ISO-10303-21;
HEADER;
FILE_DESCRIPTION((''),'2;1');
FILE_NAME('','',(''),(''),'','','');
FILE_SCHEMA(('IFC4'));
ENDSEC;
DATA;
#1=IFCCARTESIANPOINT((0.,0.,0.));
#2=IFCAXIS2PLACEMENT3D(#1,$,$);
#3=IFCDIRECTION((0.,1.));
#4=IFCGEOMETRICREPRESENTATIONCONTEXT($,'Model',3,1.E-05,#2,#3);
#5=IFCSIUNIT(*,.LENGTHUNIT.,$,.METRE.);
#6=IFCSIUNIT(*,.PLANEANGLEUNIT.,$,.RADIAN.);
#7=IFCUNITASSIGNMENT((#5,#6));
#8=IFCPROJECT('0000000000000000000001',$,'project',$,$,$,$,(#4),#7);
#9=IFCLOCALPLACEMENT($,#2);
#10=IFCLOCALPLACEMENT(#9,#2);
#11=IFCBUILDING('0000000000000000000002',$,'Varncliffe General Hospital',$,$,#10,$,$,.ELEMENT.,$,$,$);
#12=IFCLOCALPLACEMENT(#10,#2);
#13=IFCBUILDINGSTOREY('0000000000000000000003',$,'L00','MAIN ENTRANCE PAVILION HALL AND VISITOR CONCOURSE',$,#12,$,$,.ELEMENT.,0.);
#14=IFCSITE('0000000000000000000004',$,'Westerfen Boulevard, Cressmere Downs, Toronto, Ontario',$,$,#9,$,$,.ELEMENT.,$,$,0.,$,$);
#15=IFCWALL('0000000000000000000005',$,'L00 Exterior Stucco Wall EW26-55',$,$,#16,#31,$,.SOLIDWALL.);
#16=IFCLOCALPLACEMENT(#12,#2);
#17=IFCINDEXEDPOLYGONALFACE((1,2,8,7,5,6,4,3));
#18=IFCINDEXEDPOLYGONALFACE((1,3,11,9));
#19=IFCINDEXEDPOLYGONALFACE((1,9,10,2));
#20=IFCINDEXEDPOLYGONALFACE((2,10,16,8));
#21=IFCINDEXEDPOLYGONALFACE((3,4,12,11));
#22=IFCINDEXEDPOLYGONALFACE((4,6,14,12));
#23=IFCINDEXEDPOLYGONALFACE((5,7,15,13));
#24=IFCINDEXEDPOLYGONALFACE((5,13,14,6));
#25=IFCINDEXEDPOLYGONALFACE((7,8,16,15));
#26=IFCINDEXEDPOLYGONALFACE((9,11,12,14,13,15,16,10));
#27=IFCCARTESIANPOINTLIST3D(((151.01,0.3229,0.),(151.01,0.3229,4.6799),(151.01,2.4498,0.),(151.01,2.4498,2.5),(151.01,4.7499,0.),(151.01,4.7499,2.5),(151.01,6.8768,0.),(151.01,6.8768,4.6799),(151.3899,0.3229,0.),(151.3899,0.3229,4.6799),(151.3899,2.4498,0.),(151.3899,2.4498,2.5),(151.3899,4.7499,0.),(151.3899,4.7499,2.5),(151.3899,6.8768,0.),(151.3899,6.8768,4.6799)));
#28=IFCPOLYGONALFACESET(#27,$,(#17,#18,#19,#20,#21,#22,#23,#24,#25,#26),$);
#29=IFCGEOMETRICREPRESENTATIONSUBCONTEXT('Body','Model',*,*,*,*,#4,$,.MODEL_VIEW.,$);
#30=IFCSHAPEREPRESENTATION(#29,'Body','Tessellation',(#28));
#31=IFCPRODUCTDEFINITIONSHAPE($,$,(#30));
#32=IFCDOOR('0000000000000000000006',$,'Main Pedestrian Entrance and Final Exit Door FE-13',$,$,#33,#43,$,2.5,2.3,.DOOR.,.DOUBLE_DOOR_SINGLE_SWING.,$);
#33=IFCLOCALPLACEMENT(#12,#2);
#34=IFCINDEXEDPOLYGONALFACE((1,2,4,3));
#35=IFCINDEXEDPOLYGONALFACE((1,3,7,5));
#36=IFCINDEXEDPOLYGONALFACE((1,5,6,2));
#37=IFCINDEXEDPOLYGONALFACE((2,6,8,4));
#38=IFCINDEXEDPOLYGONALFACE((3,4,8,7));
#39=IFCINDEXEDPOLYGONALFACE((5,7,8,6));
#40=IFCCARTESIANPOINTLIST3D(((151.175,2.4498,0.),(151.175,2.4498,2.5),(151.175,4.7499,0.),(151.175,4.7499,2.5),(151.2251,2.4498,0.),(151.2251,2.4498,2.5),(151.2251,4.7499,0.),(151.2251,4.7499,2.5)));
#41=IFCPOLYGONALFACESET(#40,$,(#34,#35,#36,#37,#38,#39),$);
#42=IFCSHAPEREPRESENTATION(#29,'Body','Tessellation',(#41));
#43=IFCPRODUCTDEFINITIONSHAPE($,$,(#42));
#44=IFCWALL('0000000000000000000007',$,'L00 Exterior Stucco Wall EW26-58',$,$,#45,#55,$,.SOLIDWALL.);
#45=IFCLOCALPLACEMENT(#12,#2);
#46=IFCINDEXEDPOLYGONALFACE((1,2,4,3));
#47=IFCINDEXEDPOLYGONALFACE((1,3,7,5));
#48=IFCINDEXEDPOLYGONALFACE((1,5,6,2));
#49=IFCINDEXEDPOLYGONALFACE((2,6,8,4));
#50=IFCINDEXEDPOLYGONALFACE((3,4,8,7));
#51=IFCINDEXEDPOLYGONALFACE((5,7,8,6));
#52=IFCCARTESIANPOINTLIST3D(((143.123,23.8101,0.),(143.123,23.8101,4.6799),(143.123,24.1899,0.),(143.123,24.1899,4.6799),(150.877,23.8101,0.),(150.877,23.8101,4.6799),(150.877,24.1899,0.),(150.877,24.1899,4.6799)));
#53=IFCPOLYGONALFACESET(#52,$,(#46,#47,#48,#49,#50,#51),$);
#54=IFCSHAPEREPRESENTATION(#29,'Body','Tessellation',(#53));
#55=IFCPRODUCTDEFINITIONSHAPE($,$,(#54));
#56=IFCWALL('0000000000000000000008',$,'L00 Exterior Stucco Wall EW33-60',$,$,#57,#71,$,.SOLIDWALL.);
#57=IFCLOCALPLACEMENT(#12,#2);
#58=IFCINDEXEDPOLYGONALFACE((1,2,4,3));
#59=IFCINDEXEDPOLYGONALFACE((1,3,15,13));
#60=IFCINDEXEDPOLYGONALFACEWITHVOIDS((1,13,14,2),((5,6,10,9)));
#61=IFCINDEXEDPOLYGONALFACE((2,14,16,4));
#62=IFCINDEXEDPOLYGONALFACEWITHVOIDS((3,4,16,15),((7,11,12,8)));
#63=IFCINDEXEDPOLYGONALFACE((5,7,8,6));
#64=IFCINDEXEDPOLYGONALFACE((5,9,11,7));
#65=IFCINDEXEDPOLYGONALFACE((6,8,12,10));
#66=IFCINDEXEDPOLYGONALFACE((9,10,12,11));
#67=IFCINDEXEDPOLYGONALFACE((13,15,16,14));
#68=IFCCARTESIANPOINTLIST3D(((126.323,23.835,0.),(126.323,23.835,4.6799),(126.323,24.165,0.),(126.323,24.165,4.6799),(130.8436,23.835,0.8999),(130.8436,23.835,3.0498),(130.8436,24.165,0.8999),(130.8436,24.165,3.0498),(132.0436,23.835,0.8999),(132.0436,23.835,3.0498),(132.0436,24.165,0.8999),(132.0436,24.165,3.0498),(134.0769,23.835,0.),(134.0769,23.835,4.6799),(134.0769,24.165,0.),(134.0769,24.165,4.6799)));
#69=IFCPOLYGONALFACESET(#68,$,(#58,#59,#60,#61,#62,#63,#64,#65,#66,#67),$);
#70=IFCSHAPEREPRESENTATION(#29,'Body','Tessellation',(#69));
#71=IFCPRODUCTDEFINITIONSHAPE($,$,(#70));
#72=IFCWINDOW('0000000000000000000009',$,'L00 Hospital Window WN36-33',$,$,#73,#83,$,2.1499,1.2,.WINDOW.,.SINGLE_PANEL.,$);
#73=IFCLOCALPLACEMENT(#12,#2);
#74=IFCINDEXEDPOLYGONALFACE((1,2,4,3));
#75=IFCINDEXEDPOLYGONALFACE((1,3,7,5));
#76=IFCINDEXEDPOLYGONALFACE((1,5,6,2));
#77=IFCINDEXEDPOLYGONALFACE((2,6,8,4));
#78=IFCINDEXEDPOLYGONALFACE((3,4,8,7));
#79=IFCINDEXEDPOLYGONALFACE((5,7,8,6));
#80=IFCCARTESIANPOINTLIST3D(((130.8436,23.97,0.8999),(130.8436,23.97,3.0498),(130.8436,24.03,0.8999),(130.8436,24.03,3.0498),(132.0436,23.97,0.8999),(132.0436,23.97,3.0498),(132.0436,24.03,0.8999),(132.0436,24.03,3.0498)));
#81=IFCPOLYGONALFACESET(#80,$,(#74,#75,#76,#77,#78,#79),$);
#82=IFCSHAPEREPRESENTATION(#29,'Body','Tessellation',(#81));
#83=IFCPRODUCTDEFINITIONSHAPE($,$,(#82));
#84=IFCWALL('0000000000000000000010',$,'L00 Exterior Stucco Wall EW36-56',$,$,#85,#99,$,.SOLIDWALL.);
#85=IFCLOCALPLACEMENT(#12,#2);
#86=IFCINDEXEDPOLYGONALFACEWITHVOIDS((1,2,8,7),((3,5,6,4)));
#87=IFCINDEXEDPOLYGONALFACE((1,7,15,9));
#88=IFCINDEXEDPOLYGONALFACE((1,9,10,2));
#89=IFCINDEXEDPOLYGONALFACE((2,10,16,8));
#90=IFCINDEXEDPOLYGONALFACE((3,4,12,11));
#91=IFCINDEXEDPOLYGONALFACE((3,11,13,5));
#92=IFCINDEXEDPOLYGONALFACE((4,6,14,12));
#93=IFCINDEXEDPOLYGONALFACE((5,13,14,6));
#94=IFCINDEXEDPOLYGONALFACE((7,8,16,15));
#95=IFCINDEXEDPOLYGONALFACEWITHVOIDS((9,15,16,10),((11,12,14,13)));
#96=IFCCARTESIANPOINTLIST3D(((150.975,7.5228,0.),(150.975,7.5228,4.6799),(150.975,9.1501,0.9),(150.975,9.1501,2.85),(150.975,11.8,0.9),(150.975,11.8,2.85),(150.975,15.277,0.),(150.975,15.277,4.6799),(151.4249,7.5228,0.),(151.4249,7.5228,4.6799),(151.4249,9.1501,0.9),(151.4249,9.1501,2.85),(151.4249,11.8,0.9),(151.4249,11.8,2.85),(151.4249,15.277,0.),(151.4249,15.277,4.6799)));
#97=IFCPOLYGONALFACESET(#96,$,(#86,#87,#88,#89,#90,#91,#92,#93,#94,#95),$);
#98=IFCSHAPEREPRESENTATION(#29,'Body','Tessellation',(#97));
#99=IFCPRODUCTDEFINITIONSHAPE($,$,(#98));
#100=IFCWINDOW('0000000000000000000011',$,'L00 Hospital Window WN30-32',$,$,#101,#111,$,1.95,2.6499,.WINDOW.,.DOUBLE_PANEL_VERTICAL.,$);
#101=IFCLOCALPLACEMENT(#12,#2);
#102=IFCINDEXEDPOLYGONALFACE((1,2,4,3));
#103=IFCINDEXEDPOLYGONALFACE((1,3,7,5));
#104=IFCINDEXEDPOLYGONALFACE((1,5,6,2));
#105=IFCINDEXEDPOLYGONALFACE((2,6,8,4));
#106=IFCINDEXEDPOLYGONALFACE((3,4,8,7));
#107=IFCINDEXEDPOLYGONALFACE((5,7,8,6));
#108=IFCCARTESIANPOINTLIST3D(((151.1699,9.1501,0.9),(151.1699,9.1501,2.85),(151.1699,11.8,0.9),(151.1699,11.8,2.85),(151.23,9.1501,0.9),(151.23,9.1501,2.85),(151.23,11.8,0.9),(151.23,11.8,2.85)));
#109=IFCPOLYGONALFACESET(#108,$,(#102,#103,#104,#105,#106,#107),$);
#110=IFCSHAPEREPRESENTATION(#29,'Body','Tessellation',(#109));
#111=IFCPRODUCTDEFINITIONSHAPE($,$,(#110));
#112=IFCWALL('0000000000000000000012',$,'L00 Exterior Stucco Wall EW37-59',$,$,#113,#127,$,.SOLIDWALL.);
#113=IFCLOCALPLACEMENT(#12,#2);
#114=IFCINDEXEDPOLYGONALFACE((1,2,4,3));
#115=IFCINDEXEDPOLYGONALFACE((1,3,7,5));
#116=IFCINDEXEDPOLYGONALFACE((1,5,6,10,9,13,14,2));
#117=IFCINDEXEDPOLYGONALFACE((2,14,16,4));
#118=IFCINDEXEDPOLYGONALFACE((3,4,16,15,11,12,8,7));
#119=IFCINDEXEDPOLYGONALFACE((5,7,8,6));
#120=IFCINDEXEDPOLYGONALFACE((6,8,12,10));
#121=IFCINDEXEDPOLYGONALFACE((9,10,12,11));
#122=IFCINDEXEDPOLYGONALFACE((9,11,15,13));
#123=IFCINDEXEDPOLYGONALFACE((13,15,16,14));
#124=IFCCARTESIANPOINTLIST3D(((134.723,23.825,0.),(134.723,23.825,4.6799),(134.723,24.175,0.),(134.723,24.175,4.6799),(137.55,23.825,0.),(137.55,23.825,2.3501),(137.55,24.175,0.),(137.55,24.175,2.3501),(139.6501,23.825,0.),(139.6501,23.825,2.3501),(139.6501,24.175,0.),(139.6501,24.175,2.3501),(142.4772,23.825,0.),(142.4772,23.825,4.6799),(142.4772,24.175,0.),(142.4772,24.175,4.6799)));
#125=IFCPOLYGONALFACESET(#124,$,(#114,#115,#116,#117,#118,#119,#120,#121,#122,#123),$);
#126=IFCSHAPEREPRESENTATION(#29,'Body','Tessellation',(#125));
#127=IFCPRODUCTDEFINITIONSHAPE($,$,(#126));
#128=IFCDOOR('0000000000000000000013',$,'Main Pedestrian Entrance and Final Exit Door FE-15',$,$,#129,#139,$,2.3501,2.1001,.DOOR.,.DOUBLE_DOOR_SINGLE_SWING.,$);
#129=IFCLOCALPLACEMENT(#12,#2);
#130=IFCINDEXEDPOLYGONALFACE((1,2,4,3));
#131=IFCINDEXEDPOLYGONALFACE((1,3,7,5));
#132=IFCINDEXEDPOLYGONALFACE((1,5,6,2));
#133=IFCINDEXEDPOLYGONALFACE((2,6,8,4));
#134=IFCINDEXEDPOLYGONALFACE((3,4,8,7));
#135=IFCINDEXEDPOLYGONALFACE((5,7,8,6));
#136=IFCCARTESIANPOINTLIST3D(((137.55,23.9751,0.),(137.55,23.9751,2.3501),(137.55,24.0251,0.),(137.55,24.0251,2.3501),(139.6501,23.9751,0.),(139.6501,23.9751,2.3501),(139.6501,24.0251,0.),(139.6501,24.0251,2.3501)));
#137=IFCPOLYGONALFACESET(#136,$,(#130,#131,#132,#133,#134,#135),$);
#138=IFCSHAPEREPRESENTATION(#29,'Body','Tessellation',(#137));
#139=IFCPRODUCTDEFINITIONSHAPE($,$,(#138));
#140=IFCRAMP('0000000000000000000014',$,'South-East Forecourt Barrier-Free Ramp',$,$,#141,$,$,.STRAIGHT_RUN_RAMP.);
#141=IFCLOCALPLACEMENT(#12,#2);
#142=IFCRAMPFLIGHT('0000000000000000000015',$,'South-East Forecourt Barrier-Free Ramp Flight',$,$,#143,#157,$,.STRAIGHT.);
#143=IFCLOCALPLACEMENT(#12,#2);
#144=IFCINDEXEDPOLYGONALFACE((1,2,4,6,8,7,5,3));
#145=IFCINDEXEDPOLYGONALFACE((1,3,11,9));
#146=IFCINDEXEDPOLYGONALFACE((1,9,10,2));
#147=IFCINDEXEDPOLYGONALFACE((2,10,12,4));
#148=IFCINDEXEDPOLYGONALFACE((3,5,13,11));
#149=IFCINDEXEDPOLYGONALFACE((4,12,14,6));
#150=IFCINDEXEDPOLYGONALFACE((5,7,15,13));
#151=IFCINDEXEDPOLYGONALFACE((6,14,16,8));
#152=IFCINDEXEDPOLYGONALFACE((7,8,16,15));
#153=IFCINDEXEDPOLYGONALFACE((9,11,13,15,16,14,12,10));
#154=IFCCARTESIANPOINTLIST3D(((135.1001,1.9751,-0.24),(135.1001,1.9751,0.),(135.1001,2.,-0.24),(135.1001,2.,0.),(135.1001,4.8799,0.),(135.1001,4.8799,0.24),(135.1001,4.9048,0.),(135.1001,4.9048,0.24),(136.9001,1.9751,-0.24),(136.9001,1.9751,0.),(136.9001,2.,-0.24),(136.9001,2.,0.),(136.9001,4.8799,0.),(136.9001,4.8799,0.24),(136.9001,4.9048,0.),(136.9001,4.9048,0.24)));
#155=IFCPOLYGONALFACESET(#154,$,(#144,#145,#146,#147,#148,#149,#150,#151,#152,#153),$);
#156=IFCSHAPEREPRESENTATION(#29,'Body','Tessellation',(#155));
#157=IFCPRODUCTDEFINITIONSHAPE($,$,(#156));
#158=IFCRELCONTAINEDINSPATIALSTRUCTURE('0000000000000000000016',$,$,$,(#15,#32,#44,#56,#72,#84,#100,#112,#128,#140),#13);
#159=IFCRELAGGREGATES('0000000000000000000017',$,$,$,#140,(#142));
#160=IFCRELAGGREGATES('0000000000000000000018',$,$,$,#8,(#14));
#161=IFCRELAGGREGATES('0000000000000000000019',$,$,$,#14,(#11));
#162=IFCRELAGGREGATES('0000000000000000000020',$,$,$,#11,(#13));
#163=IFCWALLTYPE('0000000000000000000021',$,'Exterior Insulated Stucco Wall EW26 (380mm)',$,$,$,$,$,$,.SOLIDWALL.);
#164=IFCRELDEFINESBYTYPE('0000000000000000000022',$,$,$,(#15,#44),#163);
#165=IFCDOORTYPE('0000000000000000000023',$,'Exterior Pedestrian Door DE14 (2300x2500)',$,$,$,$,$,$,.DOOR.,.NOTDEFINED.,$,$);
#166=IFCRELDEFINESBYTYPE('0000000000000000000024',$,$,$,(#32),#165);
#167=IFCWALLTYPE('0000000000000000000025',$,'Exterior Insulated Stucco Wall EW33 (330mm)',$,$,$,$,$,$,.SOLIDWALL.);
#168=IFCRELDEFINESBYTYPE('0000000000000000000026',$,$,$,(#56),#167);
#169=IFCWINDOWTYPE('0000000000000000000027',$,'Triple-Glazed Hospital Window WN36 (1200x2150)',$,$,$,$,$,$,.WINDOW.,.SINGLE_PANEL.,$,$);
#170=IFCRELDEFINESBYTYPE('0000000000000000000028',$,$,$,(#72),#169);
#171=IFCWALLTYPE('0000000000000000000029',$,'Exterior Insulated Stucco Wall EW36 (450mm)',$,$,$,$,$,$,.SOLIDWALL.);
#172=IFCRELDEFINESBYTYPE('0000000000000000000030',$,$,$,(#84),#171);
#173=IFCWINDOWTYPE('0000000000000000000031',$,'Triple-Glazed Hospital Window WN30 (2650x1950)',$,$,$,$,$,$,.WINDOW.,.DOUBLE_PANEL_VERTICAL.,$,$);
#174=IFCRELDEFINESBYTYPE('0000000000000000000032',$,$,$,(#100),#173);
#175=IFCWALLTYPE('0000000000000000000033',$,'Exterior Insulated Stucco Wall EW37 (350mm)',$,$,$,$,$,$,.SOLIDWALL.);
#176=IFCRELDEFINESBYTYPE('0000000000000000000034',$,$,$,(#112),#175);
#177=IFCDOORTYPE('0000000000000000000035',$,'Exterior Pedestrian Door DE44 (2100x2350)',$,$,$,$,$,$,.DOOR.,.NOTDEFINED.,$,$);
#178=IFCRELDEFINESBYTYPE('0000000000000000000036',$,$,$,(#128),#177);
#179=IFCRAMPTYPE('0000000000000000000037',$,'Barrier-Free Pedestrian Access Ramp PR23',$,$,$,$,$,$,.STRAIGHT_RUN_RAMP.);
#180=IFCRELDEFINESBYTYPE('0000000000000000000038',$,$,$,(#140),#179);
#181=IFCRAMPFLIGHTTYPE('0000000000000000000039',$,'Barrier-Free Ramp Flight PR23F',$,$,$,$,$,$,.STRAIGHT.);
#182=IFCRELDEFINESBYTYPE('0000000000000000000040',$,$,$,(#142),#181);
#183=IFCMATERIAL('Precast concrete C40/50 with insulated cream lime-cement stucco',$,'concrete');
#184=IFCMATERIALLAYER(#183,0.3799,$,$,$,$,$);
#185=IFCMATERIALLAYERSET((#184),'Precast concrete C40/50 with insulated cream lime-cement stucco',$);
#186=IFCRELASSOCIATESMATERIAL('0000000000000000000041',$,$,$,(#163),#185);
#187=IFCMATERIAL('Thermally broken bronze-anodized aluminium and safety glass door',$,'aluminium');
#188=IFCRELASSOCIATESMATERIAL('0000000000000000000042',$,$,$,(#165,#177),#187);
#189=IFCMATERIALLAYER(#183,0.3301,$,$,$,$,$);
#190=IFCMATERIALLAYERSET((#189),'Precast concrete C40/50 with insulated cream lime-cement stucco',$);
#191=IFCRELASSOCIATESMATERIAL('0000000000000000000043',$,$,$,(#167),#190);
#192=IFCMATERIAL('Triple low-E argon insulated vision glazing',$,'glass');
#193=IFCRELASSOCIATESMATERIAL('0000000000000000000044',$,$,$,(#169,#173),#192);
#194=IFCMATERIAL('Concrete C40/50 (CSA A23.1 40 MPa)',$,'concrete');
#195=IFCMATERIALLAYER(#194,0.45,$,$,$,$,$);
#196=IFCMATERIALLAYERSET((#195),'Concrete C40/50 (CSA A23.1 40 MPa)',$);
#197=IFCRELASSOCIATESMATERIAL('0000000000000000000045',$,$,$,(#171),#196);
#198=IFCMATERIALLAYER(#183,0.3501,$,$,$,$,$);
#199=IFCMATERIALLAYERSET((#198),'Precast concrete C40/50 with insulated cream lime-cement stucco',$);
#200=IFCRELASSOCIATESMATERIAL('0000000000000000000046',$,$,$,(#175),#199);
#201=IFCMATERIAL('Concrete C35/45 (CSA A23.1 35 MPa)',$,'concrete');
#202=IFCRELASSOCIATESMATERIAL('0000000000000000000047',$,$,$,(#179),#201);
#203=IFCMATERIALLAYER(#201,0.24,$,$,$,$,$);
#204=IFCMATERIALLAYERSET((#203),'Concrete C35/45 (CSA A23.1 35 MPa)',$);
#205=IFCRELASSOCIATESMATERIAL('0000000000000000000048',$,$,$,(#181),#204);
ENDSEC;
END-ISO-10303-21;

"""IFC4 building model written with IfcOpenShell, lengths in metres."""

from ifc_helpers import new_model, si_unit, direction, frame, frame_2d, origin, place, context, subcontext, project, spatial, polyline, rectangle, outline, extrude, material, layer, layer_set, type_object, element, fill, aggregate, save


model = new_model("IFC4")

# Units and contexts
model_context = context("Model", 3, precision=1e-05, world=origin(), true_north=direction((0.0, 1.0)))
body_context = subcontext(model_context, "Body", "Model", "MODEL_VIEW")
ifc_project = project(units=[si_unit("LENGTHUNIT", "METRE"), si_unit("PLANEANGLEUNIT", "RADIAN")], contexts=[model_context])

# Site, building, storey
site_placement = place(None, origin())
site = spatial("IfcSite", under=ifc_project, at=site_placement, Name="Westerfen Boulevard, Cressmere Downs, Toronto, Ontario", CompositionType="ELEMENT", RefElevation=0.0)
building_placement = place(site_placement, origin())
building = spatial("IfcBuilding", under=site, at=building_placement, Name="Varncliffe General Hospital", CompositionType="ELEMENT")
storey_placement = place(building_placement, origin())
storey = spatial("IfcBuildingStorey", under=building, at=storey_placement, Name="L00", Description="MAIN ENTRANCE PAVILION HALL AND VISITOR CONCOURSE", CompositionType="ELEMENT", Elevation=0.0)

# Shared definitions
ifc_material_1 = material(Name="Concrete C40/50 (CSA A23.1 40 MPa)", Category="concrete")

# Shared definitions
ifc_material_2 = material(Name="Concrete C35/45 (CSA A23.1 35 MPa)", Category="concrete")

# Wall, opening, door
ifc_material_3 = material(Name="Precast concrete C40/50 with insulated cream lime-cement stucco", Category="concrete")
ifc_layer_1 = layer(ifc_material_3, 0.3799)
ifc_layer_set_1 = layer_set([ifc_layer_1], Name="Precast concrete C40/50 with insulated cream lime-cement stucco")
wall_type_1 = type_object("IfcWallType", Name="Exterior Insulated Stucco Wall EW26 (380mm)", PredefinedType="SOLIDWALL", material=ifc_layer_set_1)
wall_1_placement = place(storey_placement, frame((151.2, 0.323, 0.0), z_axis=(0.0, 0.0, 1.0), x_axis=(0.0, 1.0, 0.0)))
wall_1 = element("IfcWall", 1, at=wall_1_placement, inside=storey, type_object=wall_type_1, Name="L00 Exterior Stucco Wall EW26-55", PredefinedType="SOLIDWALL", context=body_context, shape_type="SweptSolid", body=[
    extrude(rectangle(XDim=6.554, YDim=0.3799, at=frame_2d((3.2769, 0.0))), origin(), (0.0, 0.0, 1.0), 4.6799),
])
opening_1_placement = place(wall_1_placement, frame((2.127, 0.0, 0.0)))
opening_1 = element("IfcOpeningElement", 2, at=opening_1_placement, cuts=wall_1, PredefinedType="OPENING", context=body_context, shape_type="SweptSolid", body=[
    extrude(rectangle(XDim=2.3, YDim=2.5, at=frame_2d((1.1499, 1.25))), frame((0.0, 0.2, 0.0), z_axis=(0.0, -1.0, 0.0), x_axis=(1.0, 0.0, 0.0)), (0.0, 0.0, 1.0), 0.3999),
])
ifc_material_4 = material(Name="Thermally broken bronze-anodized aluminium and safety glass door", Category="aluminium")
door_type_1 = type_object("IfcDoorType", Name="Exterior Pedestrian Door DE14 (2300x2500)", OperationType="NOTDEFINED", PredefinedType="DOOR", material=ifc_material_4)
door_1_placement = place(opening_1_placement, origin())
door_1 = element("IfcDoor", 3, at=door_1_placement, inside=storey, type_object=door_type_1, Name="Main Pedestrian Entrance and Final Exit Door FE-13", OperationType="DOUBLE_DOOR_SINGLE_SWING", OverallHeight=2.5, OverallWidth=2.3, PredefinedType="DOOR", context=body_context, shape_type="SweptSolid", body=[
    extrude(rectangle(XDim=2.3, YDim=2.5, at=frame_2d((1.1499, 1.25))), frame((0.0, 0.0249, 0.0), z_axis=(0.0, -1.0, 0.0), x_axis=(1.0, 0.0, 0.0)), (0.0, 0.0, 1.0), 0.05),
])
fill(opening_1, door_1)

# Wall
wall_2_placement = place(storey_placement, frame((150.877, 24.0, 0.0), z_axis=(0.0, 0.0, 1.0), x_axis=(-1.0, 0.0, 0.0)))
element("IfcWall", 4, at=wall_2_placement, inside=storey, type_object=wall_type_1, Name="L00 Exterior Stucco Wall EW26-58", PredefinedType="SOLIDWALL", context=body_context, shape_type="SweptSolid", body=[
    extrude(rectangle(XDim=7.7539, YDim=0.3799, at=frame_2d((3.877, 0.0))), origin(), (0.0, 0.0, 1.0), 4.6799),
])

# Walls, openings, windows
ifc_layer_2 = layer(ifc_material_3, 0.3301)
ifc_layer_set_2 = layer_set([ifc_layer_2], Name="Precast concrete C40/50 with insulated cream lime-cement stucco")
wall_type_2 = type_object("IfcWallType", Name="Exterior Insulated Stucco Wall EW33 (330mm)", PredefinedType="SOLIDWALL", material=ifc_layer_set_2)
wall_3_placement = place(storey_placement, frame((134.0769, 24.0, 0.0), z_axis=(0.0, 0.0, 1.0), x_axis=(-1.0, 0.0, 0.0)))
wall_3 = element("IfcWall", 5, at=wall_3_placement, inside=storey, type_object=wall_type_2, Name="L00 Exterior Stucco Wall EW33-60", PredefinedType="SOLIDWALL", context=body_context, shape_type="SweptSolid", body=[
    extrude(rectangle(XDim=7.7539, YDim=0.3301, at=frame_2d((3.877, 0.0))), origin(), (0.0, 0.0, 1.0), 4.6799),
])
opening_2_placement = place(wall_3_placement, frame((2.0332, 0.0, 0.8999)))
opening_2 = element("IfcOpeningElement", 6, at=opening_2_placement, cuts=wall_3, PredefinedType="OPENING", context=body_context, shape_type="SweptSolid", body=[
    extrude(rectangle(XDim=1.2, YDim=2.1499, at=frame_2d((0.6001, 1.075))), frame((0.0, 0.175, 0.0), z_axis=(0.0, -1.0, 0.0), x_axis=(1.0, 0.0, 0.0)), (0.0, 0.0, 1.0), 0.3501),
])
ifc_material_5 = material(Name="Triple low-E argon insulated vision glazing", Category="glass")
window_type_1 = type_object("IfcWindowType", Name="Triple-Glazed Hospital Window WN36 (1200x2150)", PartitioningType="SINGLE_PANEL", PredefinedType="WINDOW", material=ifc_material_5)
window_1_placement = place(opening_2_placement, origin())
window_1 = element("IfcWindow", 7, at=window_1_placement, inside=storey, type_object=window_type_1, Name="L00 Hospital Window WN36-33", OverallHeight=2.1499, OverallWidth=1.2, PartitioningType="SINGLE_PANEL", PredefinedType="WINDOW", context=body_context, shape_type="SweptSolid", body=[
    extrude(rectangle(XDim=1.2, YDim=2.1499, at=frame_2d((0.6001, 1.075))), frame((0.0, 0.03, 0.0), z_axis=(0.0, -1.0, 0.0), x_axis=(1.0, 0.0, 0.0)), (0.0, 0.0, 1.0), 0.0601),
])
fill(opening_2, window_1)
ifc_layer_3 = layer(ifc_material_1, 0.45)
ifc_layer_set_3 = layer_set([ifc_layer_3], Name="Concrete C40/50 (CSA A23.1 40 MPa)")
wall_type_3 = type_object("IfcWallType", Name="Exterior Insulated Stucco Wall EW36 (450mm)", PredefinedType="SOLIDWALL", material=ifc_layer_set_3)
wall_4_placement = place(storey_placement, frame((151.2, 7.5229, 0.0), z_axis=(0.0, 0.0, 1.0), x_axis=(0.0, 1.0, 0.0)))
wall_4 = element("IfcWall", 8, at=wall_4_placement, inside=storey, type_object=wall_type_3, Name="L00 Exterior Stucco Wall EW36-56", PredefinedType="SOLIDWALL", context=body_context, shape_type="SweptSolid", body=[
    extrude(rectangle(XDim=7.7542, YDim=0.45, at=frame_2d((3.877, 0.0))), origin(), (0.0, 0.0, 1.0), 4.6799),
])
opening_3_placement = place(wall_4_placement, frame((1.6272, 0.0, 0.8999)))
opening_3 = element("IfcOpeningElement", 9, at=opening_3_placement, cuts=wall_4, PredefinedType="OPENING", context=body_context, shape_type="SweptSolid", body=[
    extrude(rectangle(XDim=2.6499, YDim=1.95, at=frame_2d((1.325, 0.9751))), frame((0.0, 0.2349, 0.0), z_axis=(0.0, -1.0, 0.0), x_axis=(1.0, 0.0, 0.0)), (0.0, 0.0, 1.0), 0.47),
])
window_type_2 = type_object("IfcWindowType", Name="Triple-Glazed Hospital Window WN30 (2650x1950)", PartitioningType="DOUBLE_PANEL_VERTICAL", PredefinedType="WINDOW", material=ifc_material_5)
window_2_placement = place(opening_3_placement, origin())
window_2 = element("IfcWindow", 10, at=window_2_placement, inside=storey, type_object=window_type_2, Name="L00 Hospital Window WN30-32", OverallHeight=1.95, OverallWidth=2.6499, PartitioningType="DOUBLE_PANEL_VERTICAL", PredefinedType="WINDOW", context=body_context, shape_type="SweptSolid", body=[
    extrude(rectangle(XDim=2.6499, YDim=1.95, at=frame_2d((1.325, 0.9751))), frame((0.0, 0.03, 0.0), z_axis=(0.0, -1.0, 0.0), x_axis=(1.0, 0.0, 0.0)), (0.0, 0.0, 1.0), 0.0601),
])
fill(opening_3, window_2)

# Wall, opening, door
ifc_layer_4 = layer(ifc_material_3, 0.3501)
ifc_layer_set_4 = layer_set([ifc_layer_4], Name="Precast concrete C40/50 with insulated cream lime-cement stucco")
wall_type_4 = type_object("IfcWallType", Name="Exterior Insulated Stucco Wall EW37 (350mm)", PredefinedType="SOLIDWALL", material=ifc_layer_set_4)
wall_5_placement = place(storey_placement, frame((142.4771, 24.0, 0.0), z_axis=(0.0, 0.0, 1.0), x_axis=(-1.0, 0.0, 0.0)))
wall_5 = element("IfcWall", 11, at=wall_5_placement, inside=storey, type_object=wall_type_4, Name="L00 Exterior Stucco Wall EW37-59", PredefinedType="SOLIDWALL", context=body_context, shape_type="SweptSolid", body=[
    extrude(rectangle(XDim=7.7542, YDim=0.3501, at=frame_2d((3.877, 0.0))), origin(), (0.0, 0.0, 1.0), 4.6799),
])
opening_4_placement = place(wall_5_placement, frame((2.8269, 0.0, 0.0)))
opening_4 = element("IfcOpeningElement", 12, at=opening_4_placement, cuts=wall_5, PredefinedType="OPENING", context=body_context, shape_type="SweptSolid", body=[
    extrude(rectangle(XDim=2.1001, YDim=2.3501, at=frame_2d((1.05, 1.175))), frame((0.0, 0.1851, 0.0), z_axis=(0.0, -1.0, 0.0), x_axis=(1.0, 0.0, 0.0)), (0.0, 0.0, 1.0), 0.3701),
])
door_type_2 = type_object("IfcDoorType", Name="Exterior Pedestrian Door DE44 (2100x2350)", OperationType="NOTDEFINED", PredefinedType="DOOR", material=ifc_material_4)
door_2_placement = place(opening_4_placement, origin())
door_2 = element("IfcDoor", 13, at=door_2_placement, inside=storey, type_object=door_type_2, Name="Main Pedestrian Entrance and Final Exit Door FE-15", OperationType="DOUBLE_DOOR_SINGLE_SWING", OverallHeight=2.3501, OverallWidth=2.1001, PredefinedType="DOOR", context=body_context, shape_type="SweptSolid", body=[
    extrude(rectangle(XDim=2.1001, YDim=2.3501, at=frame_2d((1.05, 1.175))), frame((0.0, 0.0249, 0.0), z_axis=(0.0, -1.0, 0.0), x_axis=(1.0, 0.0, 0.0)), (0.0, 0.0, 1.0), 0.05),
])
fill(opening_4, door_2)

# Ramp, ramp flight
ramp_type = type_object("IfcRampType", Name="Barrier-Free Pedestrian Access Ramp PR23", PredefinedType="STRAIGHT_RUN_RAMP", material=ifc_material_2)
ramp_placement = place(storey_placement, origin())
ramp = element("IfcRamp", 14, at=ramp_placement, inside=storey, type_object=ramp_type, Name="South-East Forecourt Barrier-Free Ramp", PredefinedType="STRAIGHT_RUN_RAMP")
ifc_layer_5 = layer(ifc_material_2, 0.24)
ifc_layer_set_5 = layer_set([ifc_layer_5], Name="Concrete C35/45 (CSA A23.1 35 MPa)")
ramp_flight_type = type_object("IfcRampFlightType", Name="Barrier-Free Ramp Flight PR23F", PredefinedType="STRAIGHT", material=ifc_layer_set_5)
ramp_flight_placement = place(storey_placement, frame((136.0, 2.0, 0.0), z_axis=(0.0, 0.0, 1.0), x_axis=(0.0, 1.0, 0.0)))
ramp_flight = element("IfcRampFlight", 15, at=ramp_flight_placement, type_object=ramp_flight_type, Name="South-East Forecourt Barrier-Free Ramp Flight", PredefinedType="STRAIGHT", context=body_context, shape_type="SweptSolid", body=[
    extrude(outline(polyline([(-0.0249, -0.24), (0.0, -0.24), (2.8799, 0.0), (2.9048, 0.0), (2.9048, 0.24), (2.8799, 0.24), (0.0, 0.0), (-0.0249, 0.0), (-0.0249, -0.24)])), frame((0.0, 0.8999, 0.0), z_axis=(0.0, -1.0, 0.0), x_axis=(1.0, 0.0, 0.0)), (0.0, 0.0, 1.0), 1.8),
])
aggregate(ramp, [ramp_flight])

save(model, "model.ifc")
